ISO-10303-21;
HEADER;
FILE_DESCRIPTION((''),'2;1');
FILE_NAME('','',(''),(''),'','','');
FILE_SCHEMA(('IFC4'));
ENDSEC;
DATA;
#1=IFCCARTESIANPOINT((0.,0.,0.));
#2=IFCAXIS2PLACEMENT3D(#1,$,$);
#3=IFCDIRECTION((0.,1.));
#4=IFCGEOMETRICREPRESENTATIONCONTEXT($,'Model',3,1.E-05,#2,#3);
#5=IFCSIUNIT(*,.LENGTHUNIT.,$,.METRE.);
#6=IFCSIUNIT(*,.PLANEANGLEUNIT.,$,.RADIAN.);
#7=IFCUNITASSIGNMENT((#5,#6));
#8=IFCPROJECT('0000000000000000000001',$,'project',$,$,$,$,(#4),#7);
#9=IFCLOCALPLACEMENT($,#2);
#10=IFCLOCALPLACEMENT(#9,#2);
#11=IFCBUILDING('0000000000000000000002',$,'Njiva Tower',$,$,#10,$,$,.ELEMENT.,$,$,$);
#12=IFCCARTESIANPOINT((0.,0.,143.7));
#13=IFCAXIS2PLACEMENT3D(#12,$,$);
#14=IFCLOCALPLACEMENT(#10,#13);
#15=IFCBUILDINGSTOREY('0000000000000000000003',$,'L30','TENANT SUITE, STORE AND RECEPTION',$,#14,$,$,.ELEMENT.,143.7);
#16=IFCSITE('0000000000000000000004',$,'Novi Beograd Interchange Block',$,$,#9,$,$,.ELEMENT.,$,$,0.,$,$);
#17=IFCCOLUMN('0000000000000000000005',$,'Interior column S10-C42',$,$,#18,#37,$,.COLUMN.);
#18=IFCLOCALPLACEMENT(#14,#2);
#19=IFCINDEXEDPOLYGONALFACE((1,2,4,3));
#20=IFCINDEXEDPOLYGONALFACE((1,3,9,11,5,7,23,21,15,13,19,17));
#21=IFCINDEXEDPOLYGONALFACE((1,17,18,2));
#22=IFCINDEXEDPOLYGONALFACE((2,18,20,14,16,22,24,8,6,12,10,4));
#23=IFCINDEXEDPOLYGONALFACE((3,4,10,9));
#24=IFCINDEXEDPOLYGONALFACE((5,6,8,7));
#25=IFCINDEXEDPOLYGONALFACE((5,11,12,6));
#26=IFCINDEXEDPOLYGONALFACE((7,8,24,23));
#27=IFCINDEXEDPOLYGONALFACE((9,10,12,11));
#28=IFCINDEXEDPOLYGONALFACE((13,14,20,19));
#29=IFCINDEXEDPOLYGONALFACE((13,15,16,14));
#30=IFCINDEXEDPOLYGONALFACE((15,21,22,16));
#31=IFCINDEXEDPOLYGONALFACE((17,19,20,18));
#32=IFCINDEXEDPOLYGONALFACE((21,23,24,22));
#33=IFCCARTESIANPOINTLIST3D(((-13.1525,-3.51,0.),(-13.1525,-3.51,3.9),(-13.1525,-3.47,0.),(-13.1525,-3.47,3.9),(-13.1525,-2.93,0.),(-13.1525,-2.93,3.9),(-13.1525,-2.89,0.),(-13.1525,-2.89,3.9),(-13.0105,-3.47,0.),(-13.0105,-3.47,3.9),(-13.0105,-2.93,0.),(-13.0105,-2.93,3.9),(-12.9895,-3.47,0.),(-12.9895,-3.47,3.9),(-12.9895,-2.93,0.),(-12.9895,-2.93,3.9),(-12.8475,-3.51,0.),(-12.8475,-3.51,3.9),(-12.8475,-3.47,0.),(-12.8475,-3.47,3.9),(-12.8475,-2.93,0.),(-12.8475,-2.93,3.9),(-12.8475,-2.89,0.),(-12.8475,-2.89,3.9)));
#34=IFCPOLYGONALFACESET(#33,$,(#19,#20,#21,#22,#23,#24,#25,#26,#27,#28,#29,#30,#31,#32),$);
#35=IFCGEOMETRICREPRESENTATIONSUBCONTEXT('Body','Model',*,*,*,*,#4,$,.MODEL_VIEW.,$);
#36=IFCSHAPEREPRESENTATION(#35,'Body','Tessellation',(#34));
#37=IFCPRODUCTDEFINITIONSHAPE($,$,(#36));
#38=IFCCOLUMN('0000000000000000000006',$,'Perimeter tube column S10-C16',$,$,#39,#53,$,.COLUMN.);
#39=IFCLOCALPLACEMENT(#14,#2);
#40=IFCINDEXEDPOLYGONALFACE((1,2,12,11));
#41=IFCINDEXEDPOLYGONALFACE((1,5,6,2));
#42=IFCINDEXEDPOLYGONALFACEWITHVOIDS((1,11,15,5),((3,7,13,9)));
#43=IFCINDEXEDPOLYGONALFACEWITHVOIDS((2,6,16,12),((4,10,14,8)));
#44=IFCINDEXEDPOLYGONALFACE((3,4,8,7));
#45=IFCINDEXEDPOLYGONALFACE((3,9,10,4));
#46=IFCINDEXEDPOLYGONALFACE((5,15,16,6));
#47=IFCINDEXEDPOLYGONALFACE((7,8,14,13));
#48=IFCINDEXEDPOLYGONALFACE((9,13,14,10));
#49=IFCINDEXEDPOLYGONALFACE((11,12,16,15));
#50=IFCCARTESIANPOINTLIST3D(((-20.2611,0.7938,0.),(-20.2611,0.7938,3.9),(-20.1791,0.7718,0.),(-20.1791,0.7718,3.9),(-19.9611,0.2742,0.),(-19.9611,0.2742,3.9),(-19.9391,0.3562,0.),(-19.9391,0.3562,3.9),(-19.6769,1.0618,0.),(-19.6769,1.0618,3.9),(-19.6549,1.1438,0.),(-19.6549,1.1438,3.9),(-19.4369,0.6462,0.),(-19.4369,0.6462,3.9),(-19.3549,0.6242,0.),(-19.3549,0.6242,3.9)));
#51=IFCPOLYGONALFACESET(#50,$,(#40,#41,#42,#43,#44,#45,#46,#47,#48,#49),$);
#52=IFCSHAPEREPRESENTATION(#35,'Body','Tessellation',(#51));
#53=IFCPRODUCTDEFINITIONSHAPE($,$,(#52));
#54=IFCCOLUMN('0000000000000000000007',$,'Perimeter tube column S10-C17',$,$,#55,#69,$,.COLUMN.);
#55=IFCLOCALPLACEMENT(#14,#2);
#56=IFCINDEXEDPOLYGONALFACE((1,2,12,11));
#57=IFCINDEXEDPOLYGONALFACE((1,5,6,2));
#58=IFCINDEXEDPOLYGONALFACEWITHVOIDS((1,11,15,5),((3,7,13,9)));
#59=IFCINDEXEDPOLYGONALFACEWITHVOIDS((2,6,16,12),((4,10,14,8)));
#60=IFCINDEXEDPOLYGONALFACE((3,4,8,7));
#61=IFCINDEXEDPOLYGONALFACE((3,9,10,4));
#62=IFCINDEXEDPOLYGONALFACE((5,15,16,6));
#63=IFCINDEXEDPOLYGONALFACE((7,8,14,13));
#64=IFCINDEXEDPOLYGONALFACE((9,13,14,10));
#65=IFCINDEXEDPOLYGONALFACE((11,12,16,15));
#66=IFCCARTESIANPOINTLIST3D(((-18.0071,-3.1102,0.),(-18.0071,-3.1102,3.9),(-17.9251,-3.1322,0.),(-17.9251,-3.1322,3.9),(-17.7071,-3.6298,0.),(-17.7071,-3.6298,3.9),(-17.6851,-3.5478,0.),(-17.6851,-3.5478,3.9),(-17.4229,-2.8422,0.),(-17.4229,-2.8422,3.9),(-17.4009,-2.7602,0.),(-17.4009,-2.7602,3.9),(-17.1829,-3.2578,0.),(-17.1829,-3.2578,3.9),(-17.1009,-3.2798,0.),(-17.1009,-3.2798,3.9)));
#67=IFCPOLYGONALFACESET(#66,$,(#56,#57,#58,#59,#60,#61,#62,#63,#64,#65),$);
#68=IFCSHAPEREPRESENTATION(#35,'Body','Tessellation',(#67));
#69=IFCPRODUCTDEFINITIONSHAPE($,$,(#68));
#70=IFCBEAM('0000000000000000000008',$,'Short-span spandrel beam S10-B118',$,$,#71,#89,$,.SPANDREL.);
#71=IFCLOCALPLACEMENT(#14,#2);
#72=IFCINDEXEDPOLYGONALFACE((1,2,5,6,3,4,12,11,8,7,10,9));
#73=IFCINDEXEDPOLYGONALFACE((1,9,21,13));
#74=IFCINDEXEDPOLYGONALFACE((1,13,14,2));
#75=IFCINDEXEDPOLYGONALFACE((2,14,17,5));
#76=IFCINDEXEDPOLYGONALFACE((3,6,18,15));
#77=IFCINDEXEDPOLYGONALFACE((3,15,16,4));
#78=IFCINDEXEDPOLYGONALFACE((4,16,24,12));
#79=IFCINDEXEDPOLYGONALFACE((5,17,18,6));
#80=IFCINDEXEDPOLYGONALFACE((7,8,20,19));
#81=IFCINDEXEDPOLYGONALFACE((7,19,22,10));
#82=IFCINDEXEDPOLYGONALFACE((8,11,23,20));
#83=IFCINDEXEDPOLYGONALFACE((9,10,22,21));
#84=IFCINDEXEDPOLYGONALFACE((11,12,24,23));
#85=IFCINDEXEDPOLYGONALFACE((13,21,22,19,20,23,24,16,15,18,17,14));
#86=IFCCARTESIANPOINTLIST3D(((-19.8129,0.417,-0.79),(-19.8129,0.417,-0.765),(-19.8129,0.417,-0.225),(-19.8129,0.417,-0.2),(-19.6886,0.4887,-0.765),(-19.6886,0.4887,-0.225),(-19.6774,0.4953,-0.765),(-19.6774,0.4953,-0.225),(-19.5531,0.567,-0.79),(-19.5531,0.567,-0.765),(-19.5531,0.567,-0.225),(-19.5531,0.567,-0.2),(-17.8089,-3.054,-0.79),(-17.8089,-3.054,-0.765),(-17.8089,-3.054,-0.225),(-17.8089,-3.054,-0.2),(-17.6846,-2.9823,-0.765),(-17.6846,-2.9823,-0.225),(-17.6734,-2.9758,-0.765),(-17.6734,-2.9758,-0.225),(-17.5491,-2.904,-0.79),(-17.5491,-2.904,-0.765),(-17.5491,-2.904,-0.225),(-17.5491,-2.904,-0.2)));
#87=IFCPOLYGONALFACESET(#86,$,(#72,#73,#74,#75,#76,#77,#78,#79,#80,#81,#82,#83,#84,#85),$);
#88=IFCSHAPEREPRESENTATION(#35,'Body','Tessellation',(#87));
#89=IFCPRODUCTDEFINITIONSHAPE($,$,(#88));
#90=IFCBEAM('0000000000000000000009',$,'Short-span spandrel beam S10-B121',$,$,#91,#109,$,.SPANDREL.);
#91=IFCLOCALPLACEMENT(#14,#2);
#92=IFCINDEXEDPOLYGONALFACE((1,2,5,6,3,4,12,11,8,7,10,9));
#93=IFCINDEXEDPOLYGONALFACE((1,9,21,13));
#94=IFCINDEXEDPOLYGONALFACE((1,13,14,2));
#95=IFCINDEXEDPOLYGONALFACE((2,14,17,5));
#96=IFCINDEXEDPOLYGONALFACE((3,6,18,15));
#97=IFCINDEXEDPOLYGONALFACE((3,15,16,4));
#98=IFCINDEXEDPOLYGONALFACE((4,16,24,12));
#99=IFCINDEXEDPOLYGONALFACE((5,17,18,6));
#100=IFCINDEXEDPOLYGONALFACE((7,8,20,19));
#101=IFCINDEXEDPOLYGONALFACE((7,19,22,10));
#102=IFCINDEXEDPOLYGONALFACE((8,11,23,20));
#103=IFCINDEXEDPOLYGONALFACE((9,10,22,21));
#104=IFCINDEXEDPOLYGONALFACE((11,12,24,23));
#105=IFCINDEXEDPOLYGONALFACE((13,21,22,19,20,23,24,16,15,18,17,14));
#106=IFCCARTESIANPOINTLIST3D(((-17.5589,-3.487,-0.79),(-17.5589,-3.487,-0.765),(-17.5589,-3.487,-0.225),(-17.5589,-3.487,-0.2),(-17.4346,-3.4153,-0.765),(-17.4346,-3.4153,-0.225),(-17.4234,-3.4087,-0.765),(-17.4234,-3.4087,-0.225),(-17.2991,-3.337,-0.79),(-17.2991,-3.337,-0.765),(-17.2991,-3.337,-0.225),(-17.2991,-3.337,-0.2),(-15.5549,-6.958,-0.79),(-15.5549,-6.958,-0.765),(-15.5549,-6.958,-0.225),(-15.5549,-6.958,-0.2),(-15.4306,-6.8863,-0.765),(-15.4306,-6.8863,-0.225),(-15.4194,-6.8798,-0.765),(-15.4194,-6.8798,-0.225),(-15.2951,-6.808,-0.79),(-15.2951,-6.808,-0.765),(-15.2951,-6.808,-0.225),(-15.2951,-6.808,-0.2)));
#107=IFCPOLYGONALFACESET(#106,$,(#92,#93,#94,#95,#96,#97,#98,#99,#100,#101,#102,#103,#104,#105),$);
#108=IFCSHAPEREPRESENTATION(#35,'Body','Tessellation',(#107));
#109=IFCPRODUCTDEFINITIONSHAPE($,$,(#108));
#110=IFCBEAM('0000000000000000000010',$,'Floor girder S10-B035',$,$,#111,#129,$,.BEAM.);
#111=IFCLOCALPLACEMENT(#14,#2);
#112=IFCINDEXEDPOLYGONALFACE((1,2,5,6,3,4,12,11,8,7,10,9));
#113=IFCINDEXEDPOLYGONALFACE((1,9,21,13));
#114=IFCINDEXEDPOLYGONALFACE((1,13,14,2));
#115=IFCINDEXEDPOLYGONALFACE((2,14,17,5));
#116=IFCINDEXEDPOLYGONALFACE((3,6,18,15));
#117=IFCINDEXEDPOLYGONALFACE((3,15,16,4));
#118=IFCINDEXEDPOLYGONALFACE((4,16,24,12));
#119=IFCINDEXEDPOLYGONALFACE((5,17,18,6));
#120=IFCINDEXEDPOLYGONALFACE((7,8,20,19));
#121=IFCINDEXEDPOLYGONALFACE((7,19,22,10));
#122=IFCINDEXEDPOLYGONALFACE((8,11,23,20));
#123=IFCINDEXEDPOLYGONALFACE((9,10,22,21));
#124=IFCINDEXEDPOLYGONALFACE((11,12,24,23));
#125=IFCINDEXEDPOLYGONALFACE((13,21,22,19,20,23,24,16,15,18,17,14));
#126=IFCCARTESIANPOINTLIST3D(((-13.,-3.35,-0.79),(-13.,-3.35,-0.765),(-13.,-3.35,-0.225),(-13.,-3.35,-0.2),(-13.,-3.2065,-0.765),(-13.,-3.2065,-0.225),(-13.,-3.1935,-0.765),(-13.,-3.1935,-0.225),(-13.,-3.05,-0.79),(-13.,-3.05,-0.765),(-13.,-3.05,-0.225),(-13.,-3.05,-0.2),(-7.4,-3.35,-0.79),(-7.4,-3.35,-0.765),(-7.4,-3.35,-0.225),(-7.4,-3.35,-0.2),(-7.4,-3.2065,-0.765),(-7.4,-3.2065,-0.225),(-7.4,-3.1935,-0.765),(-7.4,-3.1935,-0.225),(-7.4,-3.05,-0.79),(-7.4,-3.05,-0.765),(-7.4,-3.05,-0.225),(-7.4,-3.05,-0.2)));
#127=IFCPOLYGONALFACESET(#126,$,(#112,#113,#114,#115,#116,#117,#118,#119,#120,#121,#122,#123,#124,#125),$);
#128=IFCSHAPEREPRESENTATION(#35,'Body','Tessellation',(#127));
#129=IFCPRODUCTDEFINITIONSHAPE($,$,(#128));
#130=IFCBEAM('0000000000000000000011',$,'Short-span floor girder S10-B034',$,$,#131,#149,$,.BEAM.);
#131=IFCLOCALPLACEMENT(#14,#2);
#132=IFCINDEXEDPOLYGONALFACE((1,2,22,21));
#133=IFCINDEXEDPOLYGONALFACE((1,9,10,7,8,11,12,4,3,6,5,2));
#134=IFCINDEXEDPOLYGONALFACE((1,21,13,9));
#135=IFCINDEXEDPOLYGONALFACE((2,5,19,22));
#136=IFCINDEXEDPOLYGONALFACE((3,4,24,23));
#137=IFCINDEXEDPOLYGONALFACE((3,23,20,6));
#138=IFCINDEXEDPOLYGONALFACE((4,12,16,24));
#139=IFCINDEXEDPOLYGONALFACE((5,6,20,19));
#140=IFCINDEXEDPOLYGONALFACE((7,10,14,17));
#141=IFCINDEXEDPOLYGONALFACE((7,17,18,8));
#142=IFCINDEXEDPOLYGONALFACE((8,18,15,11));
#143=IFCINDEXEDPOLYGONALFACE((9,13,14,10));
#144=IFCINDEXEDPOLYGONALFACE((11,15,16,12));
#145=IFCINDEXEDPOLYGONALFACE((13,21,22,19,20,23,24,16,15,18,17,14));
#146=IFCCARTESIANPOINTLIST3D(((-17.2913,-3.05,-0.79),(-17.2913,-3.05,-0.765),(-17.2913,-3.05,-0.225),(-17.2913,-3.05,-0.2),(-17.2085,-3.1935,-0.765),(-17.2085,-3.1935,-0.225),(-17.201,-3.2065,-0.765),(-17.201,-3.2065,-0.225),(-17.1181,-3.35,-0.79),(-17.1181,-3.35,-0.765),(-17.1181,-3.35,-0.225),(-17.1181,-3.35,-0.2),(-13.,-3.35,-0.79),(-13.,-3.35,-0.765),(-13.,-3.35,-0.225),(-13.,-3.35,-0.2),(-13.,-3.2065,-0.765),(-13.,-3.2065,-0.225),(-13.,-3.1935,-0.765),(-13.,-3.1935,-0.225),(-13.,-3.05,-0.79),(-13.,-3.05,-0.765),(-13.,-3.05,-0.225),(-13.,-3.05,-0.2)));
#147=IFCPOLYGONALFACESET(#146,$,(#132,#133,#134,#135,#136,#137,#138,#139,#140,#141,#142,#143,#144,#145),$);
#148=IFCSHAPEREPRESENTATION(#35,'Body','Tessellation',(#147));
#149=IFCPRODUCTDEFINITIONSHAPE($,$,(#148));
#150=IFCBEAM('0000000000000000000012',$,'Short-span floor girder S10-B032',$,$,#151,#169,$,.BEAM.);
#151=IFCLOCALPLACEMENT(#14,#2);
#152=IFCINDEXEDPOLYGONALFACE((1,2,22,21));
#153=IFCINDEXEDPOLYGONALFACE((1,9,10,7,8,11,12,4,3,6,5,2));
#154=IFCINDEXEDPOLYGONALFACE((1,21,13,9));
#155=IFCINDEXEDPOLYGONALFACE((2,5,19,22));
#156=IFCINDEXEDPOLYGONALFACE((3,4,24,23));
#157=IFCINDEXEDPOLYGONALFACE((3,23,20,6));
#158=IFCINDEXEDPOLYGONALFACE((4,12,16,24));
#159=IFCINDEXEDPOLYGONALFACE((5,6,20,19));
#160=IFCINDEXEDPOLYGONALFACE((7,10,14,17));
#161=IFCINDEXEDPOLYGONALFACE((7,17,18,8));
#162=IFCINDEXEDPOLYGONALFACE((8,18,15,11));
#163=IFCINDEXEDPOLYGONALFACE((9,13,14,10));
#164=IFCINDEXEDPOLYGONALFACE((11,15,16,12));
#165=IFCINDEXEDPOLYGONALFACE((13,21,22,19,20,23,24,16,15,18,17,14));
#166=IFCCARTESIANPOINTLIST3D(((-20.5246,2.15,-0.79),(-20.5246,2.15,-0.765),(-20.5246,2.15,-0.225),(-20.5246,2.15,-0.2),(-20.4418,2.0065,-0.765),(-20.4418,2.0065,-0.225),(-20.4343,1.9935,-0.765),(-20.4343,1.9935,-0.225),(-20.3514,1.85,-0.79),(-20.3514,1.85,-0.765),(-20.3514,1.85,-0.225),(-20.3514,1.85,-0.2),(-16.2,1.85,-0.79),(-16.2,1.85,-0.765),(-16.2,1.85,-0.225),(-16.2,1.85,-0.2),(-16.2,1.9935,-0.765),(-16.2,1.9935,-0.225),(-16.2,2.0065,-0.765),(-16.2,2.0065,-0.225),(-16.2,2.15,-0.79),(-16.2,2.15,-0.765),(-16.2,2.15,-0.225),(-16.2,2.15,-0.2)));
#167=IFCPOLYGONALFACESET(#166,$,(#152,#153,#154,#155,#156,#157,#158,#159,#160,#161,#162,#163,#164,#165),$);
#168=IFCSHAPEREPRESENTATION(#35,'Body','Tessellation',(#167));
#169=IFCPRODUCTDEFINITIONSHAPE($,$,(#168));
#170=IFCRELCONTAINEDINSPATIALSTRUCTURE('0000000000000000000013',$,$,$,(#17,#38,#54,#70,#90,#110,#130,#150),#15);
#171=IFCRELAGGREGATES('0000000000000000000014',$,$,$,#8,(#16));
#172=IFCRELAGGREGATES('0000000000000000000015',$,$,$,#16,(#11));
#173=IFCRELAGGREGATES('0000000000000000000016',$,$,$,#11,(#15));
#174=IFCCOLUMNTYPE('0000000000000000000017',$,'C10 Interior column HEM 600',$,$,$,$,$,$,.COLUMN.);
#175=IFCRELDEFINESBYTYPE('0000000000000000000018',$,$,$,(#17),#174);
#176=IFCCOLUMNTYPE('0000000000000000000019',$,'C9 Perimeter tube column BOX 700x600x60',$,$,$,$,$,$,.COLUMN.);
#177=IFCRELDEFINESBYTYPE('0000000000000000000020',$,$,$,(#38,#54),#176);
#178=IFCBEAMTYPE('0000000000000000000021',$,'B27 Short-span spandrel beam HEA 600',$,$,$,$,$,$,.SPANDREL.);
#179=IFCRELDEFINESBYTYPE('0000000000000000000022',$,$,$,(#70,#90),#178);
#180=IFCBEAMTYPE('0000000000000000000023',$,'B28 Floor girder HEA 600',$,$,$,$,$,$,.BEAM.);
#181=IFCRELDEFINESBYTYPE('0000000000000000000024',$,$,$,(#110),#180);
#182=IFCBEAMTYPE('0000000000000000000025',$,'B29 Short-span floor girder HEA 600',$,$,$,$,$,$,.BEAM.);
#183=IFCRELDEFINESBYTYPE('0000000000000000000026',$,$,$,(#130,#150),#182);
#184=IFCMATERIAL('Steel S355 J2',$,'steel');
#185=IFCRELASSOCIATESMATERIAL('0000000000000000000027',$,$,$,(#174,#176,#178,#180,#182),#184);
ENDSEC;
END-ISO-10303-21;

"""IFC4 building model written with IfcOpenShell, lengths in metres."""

from ifc_helpers import new_model, si_unit, direction, frame, origin, origin_2d, place, context, subcontext, project, spatial, hollow_rectangle, i_section, extrude, clip, halfspace, material, material_profile, profile_set, type_object, element, save


model = new_model("IFC4")

# Units and contexts
model_context = context("Model", 3, precision=1e-05, world=origin(), true_north=direction((0.0, 1.0)))
body_context = subcontext(model_context, "Body", "Model", "MODEL_VIEW")
ifc_project = project(units=[si_unit("LENGTHUNIT", "METRE"), si_unit("PLANEANGLEUNIT", "RADIAN")], contexts=[model_context])

# Site, building, storey
site_placement = place(None, origin())
site = spatial("IfcSite", under=ifc_project, at=site_placement, Name="Novi Beograd Interchange Block", CompositionType="ELEMENT", RefElevation=0.0)
building_placement = place(site_placement, origin())
building = spatial("IfcBuilding", under=site, at=building_placement, Name="Njiva Tower", CompositionType="ELEMENT")
storey_placement = place(building_placement, frame((0.0, 0.0, 143.7)))
storey = spatial("IfcBuildingStorey", under=building, at=storey_placement, Name="L30", Description="TENANT SUITE, STORE AND RECEPTION", CompositionType="ELEMENT", Elevation=143.7)

# Columns
ifc_material_1 = material(Name="Steel S355 J2", Category="steel")
ifc_material_profile_1 = material_profile(ifc_material_1, i_section(OverallWidth=0.305, OverallDepth=0.62, WebThickness=0.021, FlangeThickness=0.04, at=origin_2d()), Name="HEM 600")
ifc_profile_set_1 = profile_set([ifc_material_profile_1], Name="Steel S355 J2")
column_type_1 = type_object("IfcColumnType", Name="C10 Interior column HEM 600", PredefinedType="COLUMN", material=ifc_profile_set_1)
column_placement = place(storey_placement, frame((-13.0, -3.2, 0.0), z_axis=(0.0, 0.0, 1.0), x_axis=(1.0, 0.0, 0.0)))
element("IfcColumn", 1, at=column_placement, inside=storey, type_object=column_type_1, Name="Interior column S10-C42", PredefinedType="COLUMN", context=body_context, shape_type="SweptSolid", body=[
    extrude(i_section(OverallWidth=0.305, OverallDepth=0.62, WebThickness=0.021, FlangeThickness=0.04, at=origin_2d()), origin(), (0.0, 0.0, 1.0), 3.9),
])
ifc_material_profile_2 = material_profile(ifc_material_1, hollow_rectangle(XDim=0.6, YDim=0.7, WallThickness=0.06, at=origin_2d()), Name="BOX 700x600x60")
ifc_profile_set_2 = profile_set([ifc_material_profile_2], Name="Steel S355 J2")
column_type_2 = type_object("IfcColumnType", Name="C9 Perimeter tube column BOX 700x600x60", PredefinedType="COLUMN", material=ifc_profile_set_2)
for number, where, z_axis, x_axis, name in (
    (2, (-19.808, 0.709, 0.0), (0.0, 0.0, 1.0), (0.5, -0.866025, 0.0), "Perimeter tube column S10-C16"),
    (3, (-17.554, -3.195, 0.0), (0.0, 0.0, 1.0), (0.5, -0.866025, 0.0), "Perimeter tube column S10-C17"),
):
    element("IfcColumn", number, at=place(storey_placement, frame(where, z_axis=z_axis, x_axis=x_axis)), inside=storey, type_object=column_type_2, Name=name, PredefinedType="COLUMN", context=body_context, shape_type="SweptSolid", body=[
        extrude(hollow_rectangle(XDim=0.6, YDim=0.7, WallThickness=0.06, at=origin_2d()), origin(), (0.0, 0.0, 1.0), 3.9),
    ])

# Beams
ifc_material_profile_3 = material_profile(ifc_material_1, i_section(OverallWidth=0.3, OverallDepth=0.59, WebThickness=0.013, FlangeThickness=0.025, at=origin_2d()), Name="HEA 600")
ifc_profile_set_3 = profile_set([ifc_material_profile_3], Name="Steel S355 J2")
beam_type_1 = type_object("IfcBeamType", Name="B27 Short-span spandrel beam HEA 600", PredefinedType="SPANDREL", material=ifc_profile_set_3)
for number, where, z_axis, x_axis, name in (
    (4, (-19.683, 0.492, -0.495), (0.500003, -0.866024, 0.0), (0.866024, 0.500003, 0.0), "Short-span spandrel beam S10-B118"),
    (5, (-17.429, -3.412, -0.495), (0.500003, -0.866024, 0.0), (0.866024, 0.500003, 0.0), "Short-span spandrel beam S10-B121"),
):
    element("IfcBeam", number, at=place(storey_placement, frame(where, z_axis=z_axis, x_axis=x_axis)), inside=storey, type_object=beam_type_1, Name=name, PredefinedType="SPANDREL", context=body_context, shape_type="SweptSolid", body=[
        extrude(i_section(OverallWidth=0.3, OverallDepth=0.59, WebThickness=0.013, FlangeThickness=0.025, at=origin_2d()), origin(), (0.0, 0.0, 1.0), 4.008),
    ])
ifc_material_profile_4 = material_profile(ifc_material_1, i_section(OverallWidth=0.3, OverallDepth=0.59, WebThickness=0.013, FlangeThickness=0.025, at=origin_2d()), Name="HEA 600")
ifc_profile_set_4 = profile_set([ifc_material_profile_4], Name="Steel S355 J2")
beam_type_2 = type_object("IfcBeamType", Name="B28 Floor girder HEA 600", PredefinedType="BEAM", material=ifc_profile_set_4)
beam_1_placement = place(storey_placement, frame((-13.0, -3.2, -0.495), z_axis=(1.0, 0.0, 0.0), x_axis=(0.0, 1.0, 0.0)))
element("IfcBeam", 6, at=beam_1_placement, inside=storey, type_object=beam_type_2, Name="Floor girder S10-B035", PredefinedType="BEAM", context=body_context, shape_type="SweptSolid", body=[
    extrude(i_section(OverallWidth=0.3, OverallDepth=0.59, WebThickness=0.013, FlangeThickness=0.025, at=origin_2d()), origin(), (0.0, 0.0, 1.0), 5.6),
])
ifc_material_profile_5 = material_profile(ifc_material_1, i_section(OverallWidth=0.3, OverallDepth=0.59, WebThickness=0.013, FlangeThickness=0.025, at=origin_2d()), Name="HEA 600")
ifc_profile_set_5 = profile_set([ifc_material_profile_5], Name="Steel S355 J2")
beam_type_3 = type_object("IfcBeamType", Name="B29 Short-span floor girder HEA 600", PredefinedType="BEAM", material=ifc_profile_set_5)
beam_2_placement = place(storey_placement, frame((-17.312, -3.2, -0.495), z_axis=(1.0, 0.0, 0.0), x_axis=(0.0, 1.0, 0.0)))
element("IfcBeam", 7, at=beam_2_placement, inside=storey, type_object=beam_type_3, Name="Short-span floor girder S10-B034", PredefinedType="BEAM", context=body_context, shape_type="Clipping", body=[
    clip(extrude(i_section(OverallWidth=0.3, OverallDepth=0.59, WebThickness=0.013, FlangeThickness=0.025, at=origin_2d()), origin(), (0.0, 0.0, 1.0), 4.312), halfspace(frame((-0.025, 0.0, 0.1217), z_axis=(-0.499998, 0.0, -0.866027), x_axis=(0.0, -1.0, 0.0)), False)),
])
beam_3_placement = place(storey_placement, frame((-20.545, 2.0, -0.495), z_axis=(1.0, 0.0, 0.0), x_axis=(0.0, 1.0, 0.0)))
element("IfcBeam", 8, at=beam_3_placement, inside=storey, type_object=beam_type_3, Name="Short-span floor girder S10-B032", PredefinedType="BEAM", context=body_context, shape_type="Clipping", body=[
    clip(extrude(i_section(OverallWidth=0.3, OverallDepth=0.59, WebThickness=0.013, FlangeThickness=0.025, at=origin_2d()), origin(), (0.0, 0.0, 1.0), 4.345), halfspace(frame((-0.025, 0.0, 0.1214), z_axis=(-0.499998, 0.0, -0.866027), x_axis=(0.0, -1.0, 0.0)), False)),
])

save(model, "model.ifc")
